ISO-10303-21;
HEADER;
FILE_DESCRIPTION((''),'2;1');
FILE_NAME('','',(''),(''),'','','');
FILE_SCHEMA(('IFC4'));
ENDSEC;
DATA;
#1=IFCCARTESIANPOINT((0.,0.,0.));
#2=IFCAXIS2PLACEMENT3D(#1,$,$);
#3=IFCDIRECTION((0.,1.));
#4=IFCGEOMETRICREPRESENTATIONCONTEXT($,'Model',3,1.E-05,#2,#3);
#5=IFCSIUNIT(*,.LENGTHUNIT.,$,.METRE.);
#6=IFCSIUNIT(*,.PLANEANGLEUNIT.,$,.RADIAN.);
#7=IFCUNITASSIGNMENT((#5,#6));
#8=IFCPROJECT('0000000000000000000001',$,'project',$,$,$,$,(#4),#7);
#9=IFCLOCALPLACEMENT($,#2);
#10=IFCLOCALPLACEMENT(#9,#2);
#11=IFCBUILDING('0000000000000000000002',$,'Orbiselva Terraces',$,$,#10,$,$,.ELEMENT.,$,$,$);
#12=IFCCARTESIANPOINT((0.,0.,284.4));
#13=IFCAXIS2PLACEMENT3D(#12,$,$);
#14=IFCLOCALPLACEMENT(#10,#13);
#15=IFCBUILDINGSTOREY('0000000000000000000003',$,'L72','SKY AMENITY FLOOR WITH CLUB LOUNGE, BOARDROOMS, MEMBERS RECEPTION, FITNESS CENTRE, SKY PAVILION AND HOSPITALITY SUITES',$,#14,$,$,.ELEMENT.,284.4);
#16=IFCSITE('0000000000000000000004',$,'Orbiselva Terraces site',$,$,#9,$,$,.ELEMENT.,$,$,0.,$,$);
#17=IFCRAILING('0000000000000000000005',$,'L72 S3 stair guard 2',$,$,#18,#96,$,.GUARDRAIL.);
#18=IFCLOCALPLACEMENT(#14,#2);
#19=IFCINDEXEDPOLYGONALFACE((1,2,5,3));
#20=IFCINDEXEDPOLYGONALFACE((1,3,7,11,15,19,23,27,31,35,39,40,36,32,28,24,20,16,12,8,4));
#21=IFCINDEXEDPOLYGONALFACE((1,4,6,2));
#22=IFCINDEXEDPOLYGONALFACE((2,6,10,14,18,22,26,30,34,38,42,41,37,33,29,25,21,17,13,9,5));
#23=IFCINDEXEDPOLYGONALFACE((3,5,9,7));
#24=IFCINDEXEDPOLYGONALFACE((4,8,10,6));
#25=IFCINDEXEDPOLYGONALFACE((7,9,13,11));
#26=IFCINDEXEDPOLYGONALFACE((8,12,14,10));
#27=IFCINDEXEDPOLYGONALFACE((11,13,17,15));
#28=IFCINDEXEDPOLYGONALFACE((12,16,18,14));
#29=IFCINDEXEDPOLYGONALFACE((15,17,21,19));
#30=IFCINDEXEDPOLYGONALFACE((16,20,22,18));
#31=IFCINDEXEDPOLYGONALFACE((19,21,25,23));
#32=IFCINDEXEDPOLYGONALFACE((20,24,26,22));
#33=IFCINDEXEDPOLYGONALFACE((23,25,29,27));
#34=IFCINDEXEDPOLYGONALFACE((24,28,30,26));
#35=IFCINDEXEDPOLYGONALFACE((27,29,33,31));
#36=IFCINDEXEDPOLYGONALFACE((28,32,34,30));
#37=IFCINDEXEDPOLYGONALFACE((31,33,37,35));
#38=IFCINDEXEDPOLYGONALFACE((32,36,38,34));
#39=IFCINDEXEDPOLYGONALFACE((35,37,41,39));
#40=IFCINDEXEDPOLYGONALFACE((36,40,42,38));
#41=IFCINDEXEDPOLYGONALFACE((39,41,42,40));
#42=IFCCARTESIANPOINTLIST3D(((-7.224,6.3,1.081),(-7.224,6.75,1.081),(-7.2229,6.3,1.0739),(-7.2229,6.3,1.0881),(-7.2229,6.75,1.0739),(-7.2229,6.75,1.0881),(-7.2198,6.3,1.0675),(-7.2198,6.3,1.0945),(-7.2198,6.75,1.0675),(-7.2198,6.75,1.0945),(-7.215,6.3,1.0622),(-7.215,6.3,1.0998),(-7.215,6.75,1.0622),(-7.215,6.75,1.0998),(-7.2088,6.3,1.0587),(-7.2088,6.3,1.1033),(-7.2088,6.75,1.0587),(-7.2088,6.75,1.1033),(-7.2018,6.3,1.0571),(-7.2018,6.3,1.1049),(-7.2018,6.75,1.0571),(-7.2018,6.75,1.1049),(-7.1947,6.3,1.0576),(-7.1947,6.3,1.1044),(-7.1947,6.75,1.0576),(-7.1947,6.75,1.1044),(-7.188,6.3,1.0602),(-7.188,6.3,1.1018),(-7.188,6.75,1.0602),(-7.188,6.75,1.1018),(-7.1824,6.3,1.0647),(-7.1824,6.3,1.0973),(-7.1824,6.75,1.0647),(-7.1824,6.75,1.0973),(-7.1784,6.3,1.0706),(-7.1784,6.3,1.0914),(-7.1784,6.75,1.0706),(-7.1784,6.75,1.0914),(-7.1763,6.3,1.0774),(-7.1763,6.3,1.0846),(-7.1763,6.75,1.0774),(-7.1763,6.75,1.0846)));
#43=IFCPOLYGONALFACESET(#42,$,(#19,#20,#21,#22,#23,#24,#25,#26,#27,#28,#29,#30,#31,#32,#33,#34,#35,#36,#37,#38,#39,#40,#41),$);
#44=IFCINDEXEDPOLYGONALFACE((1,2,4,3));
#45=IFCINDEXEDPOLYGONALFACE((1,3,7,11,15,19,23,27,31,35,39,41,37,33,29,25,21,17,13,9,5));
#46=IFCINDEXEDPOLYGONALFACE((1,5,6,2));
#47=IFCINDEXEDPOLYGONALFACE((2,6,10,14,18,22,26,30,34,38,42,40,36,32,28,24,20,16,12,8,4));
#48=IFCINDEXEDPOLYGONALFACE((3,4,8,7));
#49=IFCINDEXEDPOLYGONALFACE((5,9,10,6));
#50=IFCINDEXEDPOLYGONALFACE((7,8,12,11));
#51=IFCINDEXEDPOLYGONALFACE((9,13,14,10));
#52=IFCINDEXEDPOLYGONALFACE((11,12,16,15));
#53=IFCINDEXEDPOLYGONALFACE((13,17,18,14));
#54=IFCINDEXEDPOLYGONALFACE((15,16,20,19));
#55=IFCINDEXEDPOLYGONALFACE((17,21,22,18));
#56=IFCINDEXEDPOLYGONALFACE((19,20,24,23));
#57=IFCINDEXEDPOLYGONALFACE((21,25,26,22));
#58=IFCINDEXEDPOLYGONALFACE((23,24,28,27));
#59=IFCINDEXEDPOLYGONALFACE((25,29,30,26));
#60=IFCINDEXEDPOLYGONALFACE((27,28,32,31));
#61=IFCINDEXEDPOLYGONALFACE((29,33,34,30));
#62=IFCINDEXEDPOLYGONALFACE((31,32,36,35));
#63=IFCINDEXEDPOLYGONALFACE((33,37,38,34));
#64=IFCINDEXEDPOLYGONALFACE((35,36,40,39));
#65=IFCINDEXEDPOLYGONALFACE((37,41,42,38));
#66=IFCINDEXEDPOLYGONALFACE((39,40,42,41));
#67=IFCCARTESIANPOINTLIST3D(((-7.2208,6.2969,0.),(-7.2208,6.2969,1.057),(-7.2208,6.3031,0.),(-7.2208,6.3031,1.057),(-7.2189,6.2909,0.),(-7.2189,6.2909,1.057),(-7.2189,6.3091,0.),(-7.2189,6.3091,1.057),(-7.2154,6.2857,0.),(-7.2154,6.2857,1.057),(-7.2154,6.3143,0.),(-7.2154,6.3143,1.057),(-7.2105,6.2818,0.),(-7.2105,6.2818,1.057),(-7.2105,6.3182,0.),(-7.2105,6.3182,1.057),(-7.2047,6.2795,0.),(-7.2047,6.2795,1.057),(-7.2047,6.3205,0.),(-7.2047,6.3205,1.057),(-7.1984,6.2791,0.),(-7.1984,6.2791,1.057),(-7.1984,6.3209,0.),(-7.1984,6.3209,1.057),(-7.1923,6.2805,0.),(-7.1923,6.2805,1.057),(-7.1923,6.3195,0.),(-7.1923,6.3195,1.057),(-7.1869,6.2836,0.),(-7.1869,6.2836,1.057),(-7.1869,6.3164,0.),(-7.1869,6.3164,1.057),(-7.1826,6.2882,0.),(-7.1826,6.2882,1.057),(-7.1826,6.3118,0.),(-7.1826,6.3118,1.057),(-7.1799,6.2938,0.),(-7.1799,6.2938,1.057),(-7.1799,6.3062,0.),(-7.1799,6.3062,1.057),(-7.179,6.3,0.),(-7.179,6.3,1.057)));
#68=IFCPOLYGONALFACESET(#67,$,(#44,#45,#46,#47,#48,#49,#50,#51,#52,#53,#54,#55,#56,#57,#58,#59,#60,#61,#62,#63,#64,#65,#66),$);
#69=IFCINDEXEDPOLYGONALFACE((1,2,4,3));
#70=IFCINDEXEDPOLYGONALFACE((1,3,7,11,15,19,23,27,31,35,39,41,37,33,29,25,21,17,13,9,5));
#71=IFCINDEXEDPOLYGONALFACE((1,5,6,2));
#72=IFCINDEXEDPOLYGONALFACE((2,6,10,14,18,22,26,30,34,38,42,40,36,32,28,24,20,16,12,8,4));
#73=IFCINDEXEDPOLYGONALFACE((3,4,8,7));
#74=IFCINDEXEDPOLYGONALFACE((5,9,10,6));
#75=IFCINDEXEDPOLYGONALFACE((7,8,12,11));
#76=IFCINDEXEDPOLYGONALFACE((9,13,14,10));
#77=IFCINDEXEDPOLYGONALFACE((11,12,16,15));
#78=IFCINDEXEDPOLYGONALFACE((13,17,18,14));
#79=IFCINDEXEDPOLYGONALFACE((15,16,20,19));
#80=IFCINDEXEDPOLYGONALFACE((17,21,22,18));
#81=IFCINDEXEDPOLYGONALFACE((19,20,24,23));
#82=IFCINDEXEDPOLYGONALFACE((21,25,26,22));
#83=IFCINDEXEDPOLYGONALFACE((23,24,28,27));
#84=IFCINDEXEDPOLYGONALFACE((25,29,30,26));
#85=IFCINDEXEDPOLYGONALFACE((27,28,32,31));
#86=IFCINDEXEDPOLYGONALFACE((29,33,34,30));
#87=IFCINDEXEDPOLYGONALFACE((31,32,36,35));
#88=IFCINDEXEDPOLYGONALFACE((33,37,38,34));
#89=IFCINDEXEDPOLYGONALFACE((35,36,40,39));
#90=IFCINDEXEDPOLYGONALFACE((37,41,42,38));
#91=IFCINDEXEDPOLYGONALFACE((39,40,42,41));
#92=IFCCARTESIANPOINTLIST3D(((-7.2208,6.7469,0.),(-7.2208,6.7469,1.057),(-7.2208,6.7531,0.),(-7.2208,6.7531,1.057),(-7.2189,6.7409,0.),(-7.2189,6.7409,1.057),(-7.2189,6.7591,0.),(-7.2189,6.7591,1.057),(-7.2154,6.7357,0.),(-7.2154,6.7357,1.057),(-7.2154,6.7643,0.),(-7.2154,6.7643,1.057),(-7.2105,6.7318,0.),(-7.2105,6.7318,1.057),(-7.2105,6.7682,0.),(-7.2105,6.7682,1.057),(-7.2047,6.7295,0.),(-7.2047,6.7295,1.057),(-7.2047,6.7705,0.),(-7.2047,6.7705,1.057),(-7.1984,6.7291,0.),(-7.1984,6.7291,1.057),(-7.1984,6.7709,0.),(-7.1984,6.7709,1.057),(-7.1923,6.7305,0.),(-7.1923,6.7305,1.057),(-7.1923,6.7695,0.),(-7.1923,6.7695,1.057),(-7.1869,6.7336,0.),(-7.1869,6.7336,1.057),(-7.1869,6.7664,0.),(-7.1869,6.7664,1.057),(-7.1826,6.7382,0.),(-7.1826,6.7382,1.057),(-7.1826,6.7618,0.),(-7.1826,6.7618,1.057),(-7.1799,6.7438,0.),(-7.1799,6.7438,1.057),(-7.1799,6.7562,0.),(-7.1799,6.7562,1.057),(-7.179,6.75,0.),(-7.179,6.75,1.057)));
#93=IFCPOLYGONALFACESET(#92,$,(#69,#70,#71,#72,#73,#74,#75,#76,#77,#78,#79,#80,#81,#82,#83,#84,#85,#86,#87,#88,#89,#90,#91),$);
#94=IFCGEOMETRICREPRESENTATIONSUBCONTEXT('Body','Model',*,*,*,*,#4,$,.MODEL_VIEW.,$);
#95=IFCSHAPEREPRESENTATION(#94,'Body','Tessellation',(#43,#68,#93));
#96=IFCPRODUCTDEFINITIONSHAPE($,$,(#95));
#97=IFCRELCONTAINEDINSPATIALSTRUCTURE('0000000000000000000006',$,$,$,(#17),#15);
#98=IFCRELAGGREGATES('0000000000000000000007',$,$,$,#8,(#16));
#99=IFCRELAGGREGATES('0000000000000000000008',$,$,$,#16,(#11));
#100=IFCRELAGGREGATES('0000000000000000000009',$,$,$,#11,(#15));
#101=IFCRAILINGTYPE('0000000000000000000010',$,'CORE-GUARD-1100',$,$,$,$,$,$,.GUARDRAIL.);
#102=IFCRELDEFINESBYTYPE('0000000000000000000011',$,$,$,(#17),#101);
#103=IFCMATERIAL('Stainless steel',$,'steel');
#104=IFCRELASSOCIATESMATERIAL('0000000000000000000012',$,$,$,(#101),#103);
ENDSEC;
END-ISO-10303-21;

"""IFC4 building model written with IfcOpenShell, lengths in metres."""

from ifc_helpers import new_model, si_unit, direction, frame, origin, origin_2d, place, context, subcontext, project, spatial, circle, extrude, material, type_object, element, save


model = new_model("IFC4")

# Units and contexts
model_context = context("Model", 3, precision=1e-05, world=origin(), true_north=direction((0.0, 1.0)))
body_context = subcontext(model_context, "Body", "Model", "MODEL_VIEW")
ifc_project = project(units=[si_unit("LENGTHUNIT", "METRE"), si_unit("PLANEANGLEUNIT", "RADIAN")], contexts=[model_context])

# Site, building, storey
site_placement = place(None, origin())
site = spatial("IfcSite", under=ifc_project, at=site_placement, Name="Orbiselva Terraces site", CompositionType="ELEMENT", RefElevation=0.0)
building_placement = place(site_placement, origin())
building = spatial("IfcBuilding", under=site, at=building_placement, Name="Orbiselva Terraces", CompositionType="ELEMENT")
storey_placement = place(building_placement, frame((0.0, 0.0, 284.4)))
storey = spatial("IfcBuildingStorey", under=building, at=storey_placement, Name="L72", Description="SKY AMENITY FLOOR WITH CLUB LOUNGE, BOARDROOMS, MEMBERS RECEPTION, FITNESS CENTRE, SKY PAVILION AND HOSPITALITY SUITES", CompositionType="ELEMENT", Elevation=284.4)

# Railing
ifc_material_1 = material(Name="Stainless steel", Category="steel")
railing_type_1 = type_object("IfcRailingType", Name="CORE-GUARD-1100", PredefinedType="GUARDRAIL", material=ifc_material_1)
railing_1_placement = place(storey_placement, frame((-7.2, 6.3, 0.0)))
element("IfcRailing", 1, at=railing_1_placement, inside=storey, type_object=railing_type_1, Name="L72 S3 stair guard 2", PredefinedType="GUARDRAIL", context=body_context, shape_type="SweptSolid", body=[
    extrude(circle(Radius=0.024, at=origin_2d()), frame((0.0, 0.0, 1.081), z_axis=(0.0, 1.0, 0.0), x_axis=(-1.0, 0.0, 0.0)), (0.0, 0.0, 1.0), 0.45),
    extrude(circle(Radius=0.021, at=origin_2d()), origin(), (0.0, 0.0, 1.0), 1.057),
    extrude(circle(Radius=0.021, at=origin_2d()), frame((0.0, 0.45, 0.0)), (0.0, 0.0, 1.0), 1.057),
])

save(model, "model.ifc")
